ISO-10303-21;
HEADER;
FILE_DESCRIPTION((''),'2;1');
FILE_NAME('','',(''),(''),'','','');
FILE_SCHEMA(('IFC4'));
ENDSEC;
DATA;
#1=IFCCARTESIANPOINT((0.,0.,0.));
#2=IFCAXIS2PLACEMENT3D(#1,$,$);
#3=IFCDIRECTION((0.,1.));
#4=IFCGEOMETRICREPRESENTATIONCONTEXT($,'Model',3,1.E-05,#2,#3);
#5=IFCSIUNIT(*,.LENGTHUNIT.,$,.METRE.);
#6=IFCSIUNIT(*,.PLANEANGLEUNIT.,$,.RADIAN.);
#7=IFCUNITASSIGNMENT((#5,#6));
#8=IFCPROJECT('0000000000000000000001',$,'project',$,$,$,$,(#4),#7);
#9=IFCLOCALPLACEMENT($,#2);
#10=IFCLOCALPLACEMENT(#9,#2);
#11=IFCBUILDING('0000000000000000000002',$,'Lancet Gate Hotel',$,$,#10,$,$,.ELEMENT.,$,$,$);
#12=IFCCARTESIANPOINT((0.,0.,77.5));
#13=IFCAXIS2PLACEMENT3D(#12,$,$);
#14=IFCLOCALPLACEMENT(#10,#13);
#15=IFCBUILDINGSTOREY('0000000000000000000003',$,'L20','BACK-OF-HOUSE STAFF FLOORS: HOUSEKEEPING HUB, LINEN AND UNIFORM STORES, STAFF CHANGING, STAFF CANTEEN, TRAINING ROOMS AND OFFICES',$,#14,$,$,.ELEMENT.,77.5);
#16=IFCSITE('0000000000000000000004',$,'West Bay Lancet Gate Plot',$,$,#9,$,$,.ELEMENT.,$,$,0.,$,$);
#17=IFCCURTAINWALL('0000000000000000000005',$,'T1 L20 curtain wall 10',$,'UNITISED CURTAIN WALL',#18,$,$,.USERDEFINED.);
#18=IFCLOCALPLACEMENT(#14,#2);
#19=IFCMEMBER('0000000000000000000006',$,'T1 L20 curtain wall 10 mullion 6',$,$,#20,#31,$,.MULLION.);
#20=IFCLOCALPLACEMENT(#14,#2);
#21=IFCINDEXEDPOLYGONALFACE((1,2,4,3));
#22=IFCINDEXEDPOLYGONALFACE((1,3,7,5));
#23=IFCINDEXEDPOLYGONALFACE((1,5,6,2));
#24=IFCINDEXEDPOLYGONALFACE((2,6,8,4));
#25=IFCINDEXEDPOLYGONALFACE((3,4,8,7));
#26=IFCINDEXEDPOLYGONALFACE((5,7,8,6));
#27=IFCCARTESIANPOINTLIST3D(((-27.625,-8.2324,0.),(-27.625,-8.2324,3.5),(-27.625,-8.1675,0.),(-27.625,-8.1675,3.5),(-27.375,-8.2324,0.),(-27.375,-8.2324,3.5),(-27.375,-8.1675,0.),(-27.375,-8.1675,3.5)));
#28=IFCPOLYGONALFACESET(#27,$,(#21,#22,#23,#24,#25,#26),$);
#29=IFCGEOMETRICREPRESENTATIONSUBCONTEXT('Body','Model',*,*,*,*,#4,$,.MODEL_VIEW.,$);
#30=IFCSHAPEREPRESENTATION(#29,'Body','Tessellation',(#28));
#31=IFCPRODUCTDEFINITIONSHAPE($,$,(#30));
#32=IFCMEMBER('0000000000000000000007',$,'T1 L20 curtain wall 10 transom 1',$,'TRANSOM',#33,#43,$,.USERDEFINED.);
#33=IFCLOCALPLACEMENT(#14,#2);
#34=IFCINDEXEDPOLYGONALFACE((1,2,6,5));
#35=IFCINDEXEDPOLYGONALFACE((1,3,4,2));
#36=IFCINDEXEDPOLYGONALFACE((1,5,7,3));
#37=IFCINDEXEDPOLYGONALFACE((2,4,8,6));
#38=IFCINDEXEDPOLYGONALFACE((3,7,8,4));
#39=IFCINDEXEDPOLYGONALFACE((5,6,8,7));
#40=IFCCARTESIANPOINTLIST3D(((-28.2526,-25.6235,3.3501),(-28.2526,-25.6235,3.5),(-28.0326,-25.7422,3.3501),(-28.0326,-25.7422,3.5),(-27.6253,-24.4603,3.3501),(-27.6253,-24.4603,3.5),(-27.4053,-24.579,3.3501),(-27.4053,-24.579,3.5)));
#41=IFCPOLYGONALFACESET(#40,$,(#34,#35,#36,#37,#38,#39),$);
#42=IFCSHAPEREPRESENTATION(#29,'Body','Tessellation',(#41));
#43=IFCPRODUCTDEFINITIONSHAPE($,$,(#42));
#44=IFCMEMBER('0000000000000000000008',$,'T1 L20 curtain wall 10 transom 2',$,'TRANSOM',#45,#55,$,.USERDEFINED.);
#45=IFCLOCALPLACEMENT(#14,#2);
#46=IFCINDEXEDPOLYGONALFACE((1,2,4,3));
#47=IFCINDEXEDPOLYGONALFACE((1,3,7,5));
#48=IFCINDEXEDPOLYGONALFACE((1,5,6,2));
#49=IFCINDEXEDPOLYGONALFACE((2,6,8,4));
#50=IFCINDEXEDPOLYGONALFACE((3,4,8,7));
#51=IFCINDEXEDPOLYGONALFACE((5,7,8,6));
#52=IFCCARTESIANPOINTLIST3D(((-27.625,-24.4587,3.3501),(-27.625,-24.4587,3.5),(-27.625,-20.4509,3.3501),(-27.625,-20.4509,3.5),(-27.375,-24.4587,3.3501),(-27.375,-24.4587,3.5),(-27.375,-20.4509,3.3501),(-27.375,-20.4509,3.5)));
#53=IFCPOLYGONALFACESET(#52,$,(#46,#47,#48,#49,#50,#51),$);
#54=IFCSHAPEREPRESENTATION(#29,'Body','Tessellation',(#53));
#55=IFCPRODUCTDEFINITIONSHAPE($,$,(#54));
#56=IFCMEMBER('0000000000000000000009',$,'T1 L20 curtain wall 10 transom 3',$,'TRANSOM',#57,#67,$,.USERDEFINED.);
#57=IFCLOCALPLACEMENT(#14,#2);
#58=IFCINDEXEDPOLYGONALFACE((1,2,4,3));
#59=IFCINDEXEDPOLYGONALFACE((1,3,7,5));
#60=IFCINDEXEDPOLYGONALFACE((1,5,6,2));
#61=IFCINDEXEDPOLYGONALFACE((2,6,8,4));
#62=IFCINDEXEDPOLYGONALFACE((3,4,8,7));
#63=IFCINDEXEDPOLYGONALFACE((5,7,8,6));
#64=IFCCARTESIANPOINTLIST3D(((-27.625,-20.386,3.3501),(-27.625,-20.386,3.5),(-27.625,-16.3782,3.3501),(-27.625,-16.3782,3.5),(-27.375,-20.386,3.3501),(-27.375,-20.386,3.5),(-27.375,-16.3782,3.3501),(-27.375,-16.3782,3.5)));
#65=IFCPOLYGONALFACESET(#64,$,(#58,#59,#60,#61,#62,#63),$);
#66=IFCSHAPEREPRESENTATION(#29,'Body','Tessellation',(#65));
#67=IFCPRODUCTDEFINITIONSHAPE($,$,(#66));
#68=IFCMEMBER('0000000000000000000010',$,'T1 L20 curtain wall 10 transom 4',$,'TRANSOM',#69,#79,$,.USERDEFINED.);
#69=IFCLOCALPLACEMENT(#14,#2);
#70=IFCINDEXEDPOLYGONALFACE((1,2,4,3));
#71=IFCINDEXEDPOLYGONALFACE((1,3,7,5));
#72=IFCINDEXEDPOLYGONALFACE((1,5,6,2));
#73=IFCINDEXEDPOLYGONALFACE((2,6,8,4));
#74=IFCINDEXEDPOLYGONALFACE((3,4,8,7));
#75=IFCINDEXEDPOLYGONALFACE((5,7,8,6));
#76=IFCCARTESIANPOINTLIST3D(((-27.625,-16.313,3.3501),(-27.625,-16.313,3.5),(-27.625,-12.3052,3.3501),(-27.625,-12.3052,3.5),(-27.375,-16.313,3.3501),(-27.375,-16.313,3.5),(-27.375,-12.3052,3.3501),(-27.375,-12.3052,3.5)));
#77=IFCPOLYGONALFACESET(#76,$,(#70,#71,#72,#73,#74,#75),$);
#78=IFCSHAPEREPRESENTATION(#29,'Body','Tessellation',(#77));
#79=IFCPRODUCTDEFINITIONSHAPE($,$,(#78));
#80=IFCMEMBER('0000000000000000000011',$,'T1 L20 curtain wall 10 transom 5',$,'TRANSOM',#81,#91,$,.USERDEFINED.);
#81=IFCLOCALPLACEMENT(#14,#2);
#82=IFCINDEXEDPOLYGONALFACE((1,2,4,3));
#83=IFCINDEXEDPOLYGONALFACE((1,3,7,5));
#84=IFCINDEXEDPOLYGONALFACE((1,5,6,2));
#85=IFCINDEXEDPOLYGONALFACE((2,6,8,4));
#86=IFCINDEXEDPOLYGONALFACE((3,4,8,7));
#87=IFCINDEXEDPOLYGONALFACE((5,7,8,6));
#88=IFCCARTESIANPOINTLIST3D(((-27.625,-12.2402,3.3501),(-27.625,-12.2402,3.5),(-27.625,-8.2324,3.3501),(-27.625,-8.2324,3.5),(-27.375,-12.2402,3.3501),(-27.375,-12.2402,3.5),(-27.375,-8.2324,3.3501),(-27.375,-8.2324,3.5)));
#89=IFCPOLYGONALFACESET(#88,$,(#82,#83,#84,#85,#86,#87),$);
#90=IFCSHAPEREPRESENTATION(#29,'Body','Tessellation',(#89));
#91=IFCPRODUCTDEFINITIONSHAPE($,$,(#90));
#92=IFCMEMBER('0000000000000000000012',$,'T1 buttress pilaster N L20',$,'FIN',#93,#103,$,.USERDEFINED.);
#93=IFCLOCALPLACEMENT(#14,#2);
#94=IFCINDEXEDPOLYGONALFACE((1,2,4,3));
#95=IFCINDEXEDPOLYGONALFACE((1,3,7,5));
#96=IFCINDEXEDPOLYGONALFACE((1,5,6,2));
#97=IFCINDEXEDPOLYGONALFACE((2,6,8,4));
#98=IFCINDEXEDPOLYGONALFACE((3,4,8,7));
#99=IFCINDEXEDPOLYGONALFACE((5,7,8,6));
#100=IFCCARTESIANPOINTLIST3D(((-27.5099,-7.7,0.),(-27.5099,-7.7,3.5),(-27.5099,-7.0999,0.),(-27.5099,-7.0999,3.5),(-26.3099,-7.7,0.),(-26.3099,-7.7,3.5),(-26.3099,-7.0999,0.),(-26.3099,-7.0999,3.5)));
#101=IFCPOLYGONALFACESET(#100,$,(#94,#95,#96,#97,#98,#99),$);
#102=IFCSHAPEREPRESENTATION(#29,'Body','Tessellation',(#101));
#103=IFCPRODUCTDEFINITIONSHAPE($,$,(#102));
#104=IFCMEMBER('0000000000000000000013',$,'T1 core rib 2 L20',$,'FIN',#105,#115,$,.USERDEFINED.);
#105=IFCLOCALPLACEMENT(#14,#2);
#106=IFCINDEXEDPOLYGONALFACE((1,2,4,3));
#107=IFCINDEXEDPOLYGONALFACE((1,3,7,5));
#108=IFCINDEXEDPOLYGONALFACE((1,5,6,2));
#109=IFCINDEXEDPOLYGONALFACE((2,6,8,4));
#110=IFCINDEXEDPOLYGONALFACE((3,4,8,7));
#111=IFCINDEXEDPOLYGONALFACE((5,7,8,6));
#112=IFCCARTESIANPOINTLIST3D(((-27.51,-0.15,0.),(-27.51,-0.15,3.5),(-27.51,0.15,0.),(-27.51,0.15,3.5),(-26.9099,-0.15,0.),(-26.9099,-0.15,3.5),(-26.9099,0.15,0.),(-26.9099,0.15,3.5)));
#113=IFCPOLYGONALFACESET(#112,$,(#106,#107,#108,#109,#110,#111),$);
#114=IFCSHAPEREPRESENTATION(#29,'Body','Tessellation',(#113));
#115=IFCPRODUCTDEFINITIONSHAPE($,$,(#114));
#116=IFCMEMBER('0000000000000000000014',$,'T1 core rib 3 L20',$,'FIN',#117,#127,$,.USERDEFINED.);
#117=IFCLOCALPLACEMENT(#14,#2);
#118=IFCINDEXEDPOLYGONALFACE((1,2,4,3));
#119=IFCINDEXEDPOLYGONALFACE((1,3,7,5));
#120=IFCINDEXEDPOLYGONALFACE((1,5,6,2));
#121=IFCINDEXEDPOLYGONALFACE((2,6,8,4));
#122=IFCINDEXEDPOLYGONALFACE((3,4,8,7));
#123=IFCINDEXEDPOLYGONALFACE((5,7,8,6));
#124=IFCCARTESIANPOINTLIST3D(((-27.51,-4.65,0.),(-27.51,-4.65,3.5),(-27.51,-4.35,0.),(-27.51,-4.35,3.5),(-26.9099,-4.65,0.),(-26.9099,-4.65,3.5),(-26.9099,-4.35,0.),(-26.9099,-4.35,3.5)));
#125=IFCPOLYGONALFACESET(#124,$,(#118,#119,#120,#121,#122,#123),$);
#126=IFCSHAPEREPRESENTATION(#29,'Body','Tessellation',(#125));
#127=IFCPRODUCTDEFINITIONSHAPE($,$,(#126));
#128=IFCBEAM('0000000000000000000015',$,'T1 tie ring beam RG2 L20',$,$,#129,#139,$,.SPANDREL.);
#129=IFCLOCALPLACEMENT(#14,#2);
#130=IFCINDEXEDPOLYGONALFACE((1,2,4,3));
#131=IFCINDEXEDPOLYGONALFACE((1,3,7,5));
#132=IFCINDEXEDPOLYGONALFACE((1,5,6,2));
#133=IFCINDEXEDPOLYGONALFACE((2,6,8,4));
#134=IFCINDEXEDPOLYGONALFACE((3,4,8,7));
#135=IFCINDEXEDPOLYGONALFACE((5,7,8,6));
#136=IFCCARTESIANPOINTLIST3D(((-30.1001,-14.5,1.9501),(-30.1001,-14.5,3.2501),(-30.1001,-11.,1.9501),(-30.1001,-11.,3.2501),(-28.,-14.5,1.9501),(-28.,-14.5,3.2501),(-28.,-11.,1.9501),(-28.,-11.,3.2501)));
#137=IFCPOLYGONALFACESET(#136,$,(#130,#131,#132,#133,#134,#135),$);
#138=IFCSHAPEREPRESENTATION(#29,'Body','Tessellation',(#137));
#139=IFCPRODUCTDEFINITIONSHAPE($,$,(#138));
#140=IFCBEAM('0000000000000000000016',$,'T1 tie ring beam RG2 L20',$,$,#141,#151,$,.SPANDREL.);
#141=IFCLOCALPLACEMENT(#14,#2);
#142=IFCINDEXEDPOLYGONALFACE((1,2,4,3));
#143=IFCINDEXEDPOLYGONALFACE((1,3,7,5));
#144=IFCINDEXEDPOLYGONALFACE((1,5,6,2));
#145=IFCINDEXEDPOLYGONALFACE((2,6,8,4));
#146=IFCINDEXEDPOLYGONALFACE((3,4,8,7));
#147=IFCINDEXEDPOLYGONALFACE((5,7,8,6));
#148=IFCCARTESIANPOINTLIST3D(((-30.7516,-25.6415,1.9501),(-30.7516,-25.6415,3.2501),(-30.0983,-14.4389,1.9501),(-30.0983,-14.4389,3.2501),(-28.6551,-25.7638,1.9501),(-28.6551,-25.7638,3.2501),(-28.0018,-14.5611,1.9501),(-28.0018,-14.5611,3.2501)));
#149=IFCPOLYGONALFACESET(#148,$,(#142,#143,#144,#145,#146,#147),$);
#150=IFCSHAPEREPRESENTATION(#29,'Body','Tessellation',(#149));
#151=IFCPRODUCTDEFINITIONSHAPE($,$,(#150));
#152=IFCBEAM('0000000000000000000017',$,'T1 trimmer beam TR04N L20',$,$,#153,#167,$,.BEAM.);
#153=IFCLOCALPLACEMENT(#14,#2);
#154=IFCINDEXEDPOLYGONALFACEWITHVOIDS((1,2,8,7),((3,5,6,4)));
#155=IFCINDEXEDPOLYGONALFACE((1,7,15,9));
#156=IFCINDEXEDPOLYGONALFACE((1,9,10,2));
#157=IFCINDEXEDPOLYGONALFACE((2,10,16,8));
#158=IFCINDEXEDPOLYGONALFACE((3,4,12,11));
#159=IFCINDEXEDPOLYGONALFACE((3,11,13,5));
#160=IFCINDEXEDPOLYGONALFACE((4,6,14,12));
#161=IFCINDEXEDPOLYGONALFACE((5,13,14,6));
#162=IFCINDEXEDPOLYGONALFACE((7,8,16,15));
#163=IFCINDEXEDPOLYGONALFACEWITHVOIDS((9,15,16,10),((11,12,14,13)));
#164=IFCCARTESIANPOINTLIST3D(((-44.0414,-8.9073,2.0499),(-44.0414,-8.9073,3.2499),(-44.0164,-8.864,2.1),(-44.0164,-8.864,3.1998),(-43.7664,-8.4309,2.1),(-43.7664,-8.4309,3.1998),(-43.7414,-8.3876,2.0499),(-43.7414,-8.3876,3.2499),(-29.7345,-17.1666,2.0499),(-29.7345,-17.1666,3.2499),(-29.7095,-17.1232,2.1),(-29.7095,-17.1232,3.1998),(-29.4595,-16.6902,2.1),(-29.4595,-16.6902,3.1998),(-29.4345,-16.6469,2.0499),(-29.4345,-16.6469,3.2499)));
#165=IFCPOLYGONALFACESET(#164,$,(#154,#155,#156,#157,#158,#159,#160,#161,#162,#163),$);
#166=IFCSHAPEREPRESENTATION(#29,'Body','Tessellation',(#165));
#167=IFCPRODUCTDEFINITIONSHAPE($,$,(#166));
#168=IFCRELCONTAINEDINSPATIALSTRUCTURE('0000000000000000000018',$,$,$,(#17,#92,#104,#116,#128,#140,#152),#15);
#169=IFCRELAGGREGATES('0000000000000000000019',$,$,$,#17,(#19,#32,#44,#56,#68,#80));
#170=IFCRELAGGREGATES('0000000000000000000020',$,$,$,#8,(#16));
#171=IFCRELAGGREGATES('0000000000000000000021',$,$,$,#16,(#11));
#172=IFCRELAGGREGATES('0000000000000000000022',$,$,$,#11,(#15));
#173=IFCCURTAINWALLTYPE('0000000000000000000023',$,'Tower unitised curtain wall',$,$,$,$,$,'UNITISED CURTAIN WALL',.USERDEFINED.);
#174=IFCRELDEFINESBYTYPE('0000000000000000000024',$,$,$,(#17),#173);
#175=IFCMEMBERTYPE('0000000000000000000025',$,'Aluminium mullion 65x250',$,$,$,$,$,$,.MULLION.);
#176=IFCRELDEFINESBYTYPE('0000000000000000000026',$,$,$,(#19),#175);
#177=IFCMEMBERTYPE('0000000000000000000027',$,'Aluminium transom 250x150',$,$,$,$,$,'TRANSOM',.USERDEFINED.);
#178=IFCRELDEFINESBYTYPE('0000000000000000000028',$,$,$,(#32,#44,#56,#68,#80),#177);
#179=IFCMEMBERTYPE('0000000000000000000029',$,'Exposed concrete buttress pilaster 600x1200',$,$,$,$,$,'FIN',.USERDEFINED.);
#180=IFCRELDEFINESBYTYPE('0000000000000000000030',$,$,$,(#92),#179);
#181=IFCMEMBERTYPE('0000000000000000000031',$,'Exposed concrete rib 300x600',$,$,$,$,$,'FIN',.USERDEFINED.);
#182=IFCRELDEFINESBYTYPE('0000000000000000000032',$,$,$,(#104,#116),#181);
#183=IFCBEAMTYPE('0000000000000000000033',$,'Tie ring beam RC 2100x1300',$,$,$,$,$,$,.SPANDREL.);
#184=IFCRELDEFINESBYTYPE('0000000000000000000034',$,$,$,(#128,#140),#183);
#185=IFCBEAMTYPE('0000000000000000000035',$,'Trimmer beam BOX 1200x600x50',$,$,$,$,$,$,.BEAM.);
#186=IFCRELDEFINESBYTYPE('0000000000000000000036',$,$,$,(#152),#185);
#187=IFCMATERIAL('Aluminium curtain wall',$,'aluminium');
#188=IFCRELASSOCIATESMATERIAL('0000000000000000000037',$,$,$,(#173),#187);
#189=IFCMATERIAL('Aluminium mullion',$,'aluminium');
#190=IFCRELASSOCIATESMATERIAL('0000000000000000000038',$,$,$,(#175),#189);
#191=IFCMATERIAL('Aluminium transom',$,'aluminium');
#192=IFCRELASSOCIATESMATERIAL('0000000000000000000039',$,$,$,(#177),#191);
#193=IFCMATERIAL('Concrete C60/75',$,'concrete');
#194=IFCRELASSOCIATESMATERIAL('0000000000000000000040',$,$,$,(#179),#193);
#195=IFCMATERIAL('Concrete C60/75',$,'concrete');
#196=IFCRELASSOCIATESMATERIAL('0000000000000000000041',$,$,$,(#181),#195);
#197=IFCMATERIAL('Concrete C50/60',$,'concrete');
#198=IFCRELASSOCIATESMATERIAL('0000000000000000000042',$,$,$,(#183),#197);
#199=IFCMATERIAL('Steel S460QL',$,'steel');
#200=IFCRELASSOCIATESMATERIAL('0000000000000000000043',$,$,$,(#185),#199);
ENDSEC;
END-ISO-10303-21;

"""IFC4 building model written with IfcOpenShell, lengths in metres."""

from ifc_helpers import new_model, si_unit, direction, frame, origin, origin_2d, place, context, subcontext, project, spatial, rectangle, hollow_rectangle, extrude, material, material_profile, profile_set, type_object, element, aggregate, save


model = new_model("IFC4")

# Units and contexts
model_context = context("Model", 3, precision=1e-05, world=origin(), true_north=direction((0.0, 1.0)))
body_context = subcontext(model_context, "Body", "Model", "MODEL_VIEW")
ifc_project = project(units=[si_unit("LENGTHUNIT", "METRE"), si_unit("PLANEANGLEUNIT", "RADIAN")], contexts=[model_context])

# Site, building, storey
site_placement = place(None, origin())
site = spatial("IfcSite", under=ifc_project, at=site_placement, Name="West Bay Lancet Gate Plot", CompositionType="ELEMENT", RefElevation=0.0)
building_placement = place(site_placement, origin())
building = spatial("IfcBuilding", under=site, at=building_placement, Name="Lancet Gate Hotel", CompositionType="ELEMENT")
storey_placement = place(building_placement, frame((0.0, 0.0, 77.5)))
storey = spatial("IfcBuildingStorey", under=building, at=storey_placement, Name="L20", Description="BACK-OF-HOUSE STAFF FLOORS: HOUSEKEEPING HUB, LINEN AND UNIFORM STORES, STAFF CHANGING, STAFF CANTEEN, TRAINING ROOMS AND OFFICES", CompositionType="ELEMENT", Elevation=77.5)

# Curtain wall, members
ifc_material_1 = material(Name="Aluminium curtain wall", Category="aluminium")
curtain_wall_type = type_object("IfcCurtainWallType", Name="Tower unitised curtain wall", ElementType="UNITISED CURTAIN WALL", PredefinedType="USERDEFINED", material=ifc_material_1)
curtain_wall_placement = place(storey_placement, origin())
curtain_wall = element("IfcCurtainWall", 1, at=curtain_wall_placement, inside=storey, type_object=curtain_wall_type, Name="T1 L20 curtain wall 10", ObjectType="UNITISED CURTAIN WALL", PredefinedType="USERDEFINED")
ifc_material_2 = material(Name="Aluminium mullion", Category="aluminium")
ifc_material_profile_1 = material_profile(ifc_material_2, rectangle(XDim=0.0649, YDim=0.25, at=origin_2d()), Name="MULLION 65x250")
ifc_profile_set_1 = profile_set([ifc_material_profile_1], Name="Aluminium mullion")
member_type_1 = type_object("IfcMemberType", Name="Aluminium mullion 65x250", PredefinedType="MULLION", material=ifc_profile_set_1)
member_1_placement = place(storey_placement, frame((-27.5, -8.2, 0.0), z_axis=(0.0, 0.0, 1.0), x_axis=(0.0, 1.0, 0.0)))
member_1 = element("IfcMember", 2, at=member_1_placement, type_object=member_type_1, Name="T1 L20 curtain wall 10 mullion 6", PredefinedType="MULLION", context=body_context, shape_type="SweptSolid", body=[
    extrude(rectangle(XDim=0.0649, YDim=0.25, at=origin_2d()), origin(), (0.0, 0.0, 1.0), 3.5),
])
ifc_material_3 = material(Name="Aluminium transom", Category="aluminium")
ifc_material_profile_2 = material_profile(ifc_material_3, rectangle(XDim=0.25, YDim=0.1499, at=origin_2d()), Name="TRANSOM 250x150")
ifc_profile_set_2 = profile_set([ifc_material_profile_2], Name="Aluminium transom")
member_type_2 = type_object("IfcMemberType", Name="Aluminium transom 250x150", ElementType="TRANSOM", PredefinedType="USERDEFINED", material=ifc_profile_set_2)
member_2_placement = place(storey_placement, frame((-28.1426, -25.6829, 3.425), z_axis=(0.47464, 0.88018, 0.0), x_axis=(-0.88018, 0.47464, 0.0)))
member_2 = element("IfcMember", 3, at=member_2_placement, type_object=member_type_2, Name="T1 L20 curtain wall 10 transom 1", ObjectType="TRANSOM", PredefinedType="USERDEFINED", context=body_context, shape_type="SweptSolid", body=[
    extrude(rectangle(XDim=0.25, YDim=0.1499, at=origin_2d()), origin(), (0.0, 0.0, 1.0), 1.3215),
])
member_3_placement = place(storey_placement, frame((-27.5, -24.4587, 3.425), z_axis=(0.0, 1.0, 0.0), x_axis=(-1.0, 0.0, 0.0)))
member_3 = element("IfcMember", 4, at=member_3_placement, type_object=member_type_2, Name="T1 L20 curtain wall 10 transom 2", ObjectType="TRANSOM", PredefinedType="USERDEFINED", context=body_context, shape_type="SweptSolid", body=[
    extrude(rectangle(XDim=0.25, YDim=0.1499, at=origin_2d()), origin(), (0.0, 0.0, 1.0), 4.0078),
])
member_4_placement = place(storey_placement, frame((-27.5, -20.386, 3.425), z_axis=(0.0, 1.0, 0.0), x_axis=(-1.0, 0.0, 0.0)))
member_4 = element("IfcMember", 5, at=member_4_placement, type_object=member_type_2, Name="T1 L20 curtain wall 10 transom 3", ObjectType="TRANSOM", PredefinedType="USERDEFINED", context=body_context, shape_type="SweptSolid", body=[
    extrude(rectangle(XDim=0.25, YDim=0.1499, at=origin_2d()), origin(), (0.0, 0.0, 1.0), 4.0078),
])
member_5_placement = place(storey_placement, frame((-27.5, -16.313, 3.425), z_axis=(0.0, 1.0, 0.0), x_axis=(-1.0, 0.0, 0.0)))
member_5 = element("IfcMember", 6, at=member_5_placement, type_object=member_type_2, Name="T1 L20 curtain wall 10 transom 4", ObjectType="TRANSOM", PredefinedType="USERDEFINED", context=body_context, shape_type="SweptSolid", body=[
    extrude(rectangle(XDim=0.25, YDim=0.1499, at=origin_2d()), origin(), (0.0, 0.0, 1.0), 4.0078),
])
member_6_placement = place(storey_placement, frame((-27.5, -12.2402, 3.425), z_axis=(0.0, 1.0, 0.0), x_axis=(-1.0, 0.0, 0.0)))
member_6 = element("IfcMember", 7, at=member_6_placement, type_object=member_type_2, Name="T1 L20 curtain wall 10 transom 5", ObjectType="TRANSOM", PredefinedType="USERDEFINED", context=body_context, shape_type="SweptSolid", body=[
    extrude(rectangle(XDim=0.25, YDim=0.1499, at=origin_2d()), origin(), (0.0, 0.0, 1.0), 4.0078),
])

# Members
ifc_material_4 = material(Name="Concrete C60/75", Category="concrete")
ifc_material_profile_3 = material_profile(ifc_material_4, rectangle(XDim=0.6001, YDim=1.2, at=origin_2d()), Name="FIN 600x1200")
ifc_profile_set_3 = profile_set([ifc_material_profile_3], Name="Concrete C60/75")
member_type_3 = type_object("IfcMemberType", Name="Exposed concrete buttress pilaster 600x1200", ElementType="FIN", PredefinedType="USERDEFINED", material=ifc_profile_set_3)
member_7_placement = place(storey_placement, frame((-26.9099, -7.3999, 0.0), z_axis=(0.0, 0.0, 1.0), x_axis=(0.0, 1.0, 0.0)))
element("IfcMember", 8, at=member_7_placement, inside=storey, type_object=member_type_3, Name="T1 buttress pilaster N L20", ObjectType="FIN", PredefinedType="USERDEFINED", context=body_context, shape_type="SweptSolid", body=[
    extrude(rectangle(XDim=0.6001, YDim=1.2, at=origin_2d()), origin(), (0.0, 0.0, 1.0), 3.5),
])
ifc_material_5 = material(Name="Concrete C60/75", Category="concrete")
ifc_material_profile_4 = material_profile(ifc_material_5, rectangle(XDim=0.3, YDim=0.6001, at=origin_2d()), Name="FIN 300x600")
ifc_profile_set_4 = profile_set([ifc_material_profile_4], Name="Concrete C60/75")
member_type_4 = type_object("IfcMemberType", Name="Exposed concrete rib 300x600", ElementType="FIN", PredefinedType="USERDEFINED", material=ifc_profile_set_4)
for number, where, z_axis, x_axis, name in (
    (9, (-27.21, 0.0, 0.0), (0.0, 0.0, 1.0), (0.0, 1.0, 0.0), "T1 core rib 2 L20"),
    (10, (-27.21, -4.5, 0.0), (0.0, 0.0, 1.0), (0.0, 1.0, 0.0), "T1 core rib 3 L20"),
):
    element("IfcMember", number, at=place(storey_placement, frame(where, z_axis=z_axis, x_axis=x_axis)), inside=storey, type_object=member_type_4, Name=name, ObjectType="FIN", PredefinedType="USERDEFINED", context=body_context, shape_type="SweptSolid", body=[
        extrude(rectangle(XDim=0.3, YDim=0.6001, at=origin_2d()), origin(), (0.0, 0.0, 1.0), 3.5),
    ])

# Beams
ifc_material_6 = material(Name="Concrete C50/60", Category="concrete")
ifc_material_profile_5 = material_profile(ifc_material_6, rectangle(XDim=2.1001, YDim=1.3, at=origin_2d()), Name="RC 2100x1300")
ifc_profile_set_5 = profile_set([ifc_material_profile_5], Name="Concrete C50/60")
beam_type_1 = type_object("IfcBeamType", Name="Tie ring beam RC 2100x1300", PredefinedType="SPANDREL", material=ifc_profile_set_5)
beam_1_placement = place(storey_placement, frame((-29.05, -11.0, 2.6001), z_axis=(0.0, -1.0, 0.0), x_axis=(1.0, 0.0, 0.0)))
element("IfcBeam", 11, at=beam_1_placement, inside=storey, type_object=beam_type_1, Name="T1 tie ring beam RG2 L20", PredefinedType="SPANDREL", context=body_context, shape_type="SweptSolid", body=[
    extrude(rectangle(XDim=2.1001, YDim=1.3, at=origin_2d()), origin(), (0.0, 0.0, 1.0), 3.5),
])
beam_2_placement = place(storey_placement, frame((-29.05, -14.5, 2.6001), z_axis=(-0.05822, -0.998304, 0.0), x_axis=(0.998304, -0.05822, 0.0)))
element("IfcBeam", 12, at=beam_2_placement, inside=storey, type_object=beam_type_1, Name="T1 tie ring beam RG2 L20", PredefinedType="SPANDREL", context=body_context, shape_type="SweptSolid", body=[
    extrude(rectangle(XDim=2.1001, YDim=1.3, at=origin_2d()), origin(), (0.0, 0.0, 1.0), 11.2217),
])
ifc_material_7 = material(Name="Steel S460QL", Category="steel")
ifc_material_profile_6 = material_profile(ifc_material_7, hollow_rectangle(XDim=0.6001, YDim=1.2, WallThickness=0.05, at=origin_2d()), Name="BOX 1200x600x50")
ifc_profile_set_6 = profile_set([ifc_material_profile_6], Name="Steel S460QL")
beam_type_2 = type_object("IfcBeamType", Name="Trimmer beam BOX 1200x600x50", PredefinedType="BEAM", material=ifc_profile_set_6)
beam_3_placement = place(storey_placement, frame((-29.5845, -16.9067, 2.6499), z_axis=(-0.866047, 0.499963, 0.0), x_axis=(-0.499963, -0.866047, 0.0)))
element("IfcBeam", 13, at=beam_3_placement, inside=storey, type_object=beam_type_2, Name="T1 trimmer beam TR04N L20", PredefinedType="BEAM", context=body_context, shape_type="SweptSolid", body=[
    extrude(hollow_rectangle(XDim=0.6001, YDim=1.2, WallThickness=0.05, at=origin_2d()), origin(), (0.0, 0.0, 1.0), 16.5198),
])

aggregate(curtain_wall, [member_1, member_2, member_3, member_4, member_5, member_6])

save(model, "model.ifc")
